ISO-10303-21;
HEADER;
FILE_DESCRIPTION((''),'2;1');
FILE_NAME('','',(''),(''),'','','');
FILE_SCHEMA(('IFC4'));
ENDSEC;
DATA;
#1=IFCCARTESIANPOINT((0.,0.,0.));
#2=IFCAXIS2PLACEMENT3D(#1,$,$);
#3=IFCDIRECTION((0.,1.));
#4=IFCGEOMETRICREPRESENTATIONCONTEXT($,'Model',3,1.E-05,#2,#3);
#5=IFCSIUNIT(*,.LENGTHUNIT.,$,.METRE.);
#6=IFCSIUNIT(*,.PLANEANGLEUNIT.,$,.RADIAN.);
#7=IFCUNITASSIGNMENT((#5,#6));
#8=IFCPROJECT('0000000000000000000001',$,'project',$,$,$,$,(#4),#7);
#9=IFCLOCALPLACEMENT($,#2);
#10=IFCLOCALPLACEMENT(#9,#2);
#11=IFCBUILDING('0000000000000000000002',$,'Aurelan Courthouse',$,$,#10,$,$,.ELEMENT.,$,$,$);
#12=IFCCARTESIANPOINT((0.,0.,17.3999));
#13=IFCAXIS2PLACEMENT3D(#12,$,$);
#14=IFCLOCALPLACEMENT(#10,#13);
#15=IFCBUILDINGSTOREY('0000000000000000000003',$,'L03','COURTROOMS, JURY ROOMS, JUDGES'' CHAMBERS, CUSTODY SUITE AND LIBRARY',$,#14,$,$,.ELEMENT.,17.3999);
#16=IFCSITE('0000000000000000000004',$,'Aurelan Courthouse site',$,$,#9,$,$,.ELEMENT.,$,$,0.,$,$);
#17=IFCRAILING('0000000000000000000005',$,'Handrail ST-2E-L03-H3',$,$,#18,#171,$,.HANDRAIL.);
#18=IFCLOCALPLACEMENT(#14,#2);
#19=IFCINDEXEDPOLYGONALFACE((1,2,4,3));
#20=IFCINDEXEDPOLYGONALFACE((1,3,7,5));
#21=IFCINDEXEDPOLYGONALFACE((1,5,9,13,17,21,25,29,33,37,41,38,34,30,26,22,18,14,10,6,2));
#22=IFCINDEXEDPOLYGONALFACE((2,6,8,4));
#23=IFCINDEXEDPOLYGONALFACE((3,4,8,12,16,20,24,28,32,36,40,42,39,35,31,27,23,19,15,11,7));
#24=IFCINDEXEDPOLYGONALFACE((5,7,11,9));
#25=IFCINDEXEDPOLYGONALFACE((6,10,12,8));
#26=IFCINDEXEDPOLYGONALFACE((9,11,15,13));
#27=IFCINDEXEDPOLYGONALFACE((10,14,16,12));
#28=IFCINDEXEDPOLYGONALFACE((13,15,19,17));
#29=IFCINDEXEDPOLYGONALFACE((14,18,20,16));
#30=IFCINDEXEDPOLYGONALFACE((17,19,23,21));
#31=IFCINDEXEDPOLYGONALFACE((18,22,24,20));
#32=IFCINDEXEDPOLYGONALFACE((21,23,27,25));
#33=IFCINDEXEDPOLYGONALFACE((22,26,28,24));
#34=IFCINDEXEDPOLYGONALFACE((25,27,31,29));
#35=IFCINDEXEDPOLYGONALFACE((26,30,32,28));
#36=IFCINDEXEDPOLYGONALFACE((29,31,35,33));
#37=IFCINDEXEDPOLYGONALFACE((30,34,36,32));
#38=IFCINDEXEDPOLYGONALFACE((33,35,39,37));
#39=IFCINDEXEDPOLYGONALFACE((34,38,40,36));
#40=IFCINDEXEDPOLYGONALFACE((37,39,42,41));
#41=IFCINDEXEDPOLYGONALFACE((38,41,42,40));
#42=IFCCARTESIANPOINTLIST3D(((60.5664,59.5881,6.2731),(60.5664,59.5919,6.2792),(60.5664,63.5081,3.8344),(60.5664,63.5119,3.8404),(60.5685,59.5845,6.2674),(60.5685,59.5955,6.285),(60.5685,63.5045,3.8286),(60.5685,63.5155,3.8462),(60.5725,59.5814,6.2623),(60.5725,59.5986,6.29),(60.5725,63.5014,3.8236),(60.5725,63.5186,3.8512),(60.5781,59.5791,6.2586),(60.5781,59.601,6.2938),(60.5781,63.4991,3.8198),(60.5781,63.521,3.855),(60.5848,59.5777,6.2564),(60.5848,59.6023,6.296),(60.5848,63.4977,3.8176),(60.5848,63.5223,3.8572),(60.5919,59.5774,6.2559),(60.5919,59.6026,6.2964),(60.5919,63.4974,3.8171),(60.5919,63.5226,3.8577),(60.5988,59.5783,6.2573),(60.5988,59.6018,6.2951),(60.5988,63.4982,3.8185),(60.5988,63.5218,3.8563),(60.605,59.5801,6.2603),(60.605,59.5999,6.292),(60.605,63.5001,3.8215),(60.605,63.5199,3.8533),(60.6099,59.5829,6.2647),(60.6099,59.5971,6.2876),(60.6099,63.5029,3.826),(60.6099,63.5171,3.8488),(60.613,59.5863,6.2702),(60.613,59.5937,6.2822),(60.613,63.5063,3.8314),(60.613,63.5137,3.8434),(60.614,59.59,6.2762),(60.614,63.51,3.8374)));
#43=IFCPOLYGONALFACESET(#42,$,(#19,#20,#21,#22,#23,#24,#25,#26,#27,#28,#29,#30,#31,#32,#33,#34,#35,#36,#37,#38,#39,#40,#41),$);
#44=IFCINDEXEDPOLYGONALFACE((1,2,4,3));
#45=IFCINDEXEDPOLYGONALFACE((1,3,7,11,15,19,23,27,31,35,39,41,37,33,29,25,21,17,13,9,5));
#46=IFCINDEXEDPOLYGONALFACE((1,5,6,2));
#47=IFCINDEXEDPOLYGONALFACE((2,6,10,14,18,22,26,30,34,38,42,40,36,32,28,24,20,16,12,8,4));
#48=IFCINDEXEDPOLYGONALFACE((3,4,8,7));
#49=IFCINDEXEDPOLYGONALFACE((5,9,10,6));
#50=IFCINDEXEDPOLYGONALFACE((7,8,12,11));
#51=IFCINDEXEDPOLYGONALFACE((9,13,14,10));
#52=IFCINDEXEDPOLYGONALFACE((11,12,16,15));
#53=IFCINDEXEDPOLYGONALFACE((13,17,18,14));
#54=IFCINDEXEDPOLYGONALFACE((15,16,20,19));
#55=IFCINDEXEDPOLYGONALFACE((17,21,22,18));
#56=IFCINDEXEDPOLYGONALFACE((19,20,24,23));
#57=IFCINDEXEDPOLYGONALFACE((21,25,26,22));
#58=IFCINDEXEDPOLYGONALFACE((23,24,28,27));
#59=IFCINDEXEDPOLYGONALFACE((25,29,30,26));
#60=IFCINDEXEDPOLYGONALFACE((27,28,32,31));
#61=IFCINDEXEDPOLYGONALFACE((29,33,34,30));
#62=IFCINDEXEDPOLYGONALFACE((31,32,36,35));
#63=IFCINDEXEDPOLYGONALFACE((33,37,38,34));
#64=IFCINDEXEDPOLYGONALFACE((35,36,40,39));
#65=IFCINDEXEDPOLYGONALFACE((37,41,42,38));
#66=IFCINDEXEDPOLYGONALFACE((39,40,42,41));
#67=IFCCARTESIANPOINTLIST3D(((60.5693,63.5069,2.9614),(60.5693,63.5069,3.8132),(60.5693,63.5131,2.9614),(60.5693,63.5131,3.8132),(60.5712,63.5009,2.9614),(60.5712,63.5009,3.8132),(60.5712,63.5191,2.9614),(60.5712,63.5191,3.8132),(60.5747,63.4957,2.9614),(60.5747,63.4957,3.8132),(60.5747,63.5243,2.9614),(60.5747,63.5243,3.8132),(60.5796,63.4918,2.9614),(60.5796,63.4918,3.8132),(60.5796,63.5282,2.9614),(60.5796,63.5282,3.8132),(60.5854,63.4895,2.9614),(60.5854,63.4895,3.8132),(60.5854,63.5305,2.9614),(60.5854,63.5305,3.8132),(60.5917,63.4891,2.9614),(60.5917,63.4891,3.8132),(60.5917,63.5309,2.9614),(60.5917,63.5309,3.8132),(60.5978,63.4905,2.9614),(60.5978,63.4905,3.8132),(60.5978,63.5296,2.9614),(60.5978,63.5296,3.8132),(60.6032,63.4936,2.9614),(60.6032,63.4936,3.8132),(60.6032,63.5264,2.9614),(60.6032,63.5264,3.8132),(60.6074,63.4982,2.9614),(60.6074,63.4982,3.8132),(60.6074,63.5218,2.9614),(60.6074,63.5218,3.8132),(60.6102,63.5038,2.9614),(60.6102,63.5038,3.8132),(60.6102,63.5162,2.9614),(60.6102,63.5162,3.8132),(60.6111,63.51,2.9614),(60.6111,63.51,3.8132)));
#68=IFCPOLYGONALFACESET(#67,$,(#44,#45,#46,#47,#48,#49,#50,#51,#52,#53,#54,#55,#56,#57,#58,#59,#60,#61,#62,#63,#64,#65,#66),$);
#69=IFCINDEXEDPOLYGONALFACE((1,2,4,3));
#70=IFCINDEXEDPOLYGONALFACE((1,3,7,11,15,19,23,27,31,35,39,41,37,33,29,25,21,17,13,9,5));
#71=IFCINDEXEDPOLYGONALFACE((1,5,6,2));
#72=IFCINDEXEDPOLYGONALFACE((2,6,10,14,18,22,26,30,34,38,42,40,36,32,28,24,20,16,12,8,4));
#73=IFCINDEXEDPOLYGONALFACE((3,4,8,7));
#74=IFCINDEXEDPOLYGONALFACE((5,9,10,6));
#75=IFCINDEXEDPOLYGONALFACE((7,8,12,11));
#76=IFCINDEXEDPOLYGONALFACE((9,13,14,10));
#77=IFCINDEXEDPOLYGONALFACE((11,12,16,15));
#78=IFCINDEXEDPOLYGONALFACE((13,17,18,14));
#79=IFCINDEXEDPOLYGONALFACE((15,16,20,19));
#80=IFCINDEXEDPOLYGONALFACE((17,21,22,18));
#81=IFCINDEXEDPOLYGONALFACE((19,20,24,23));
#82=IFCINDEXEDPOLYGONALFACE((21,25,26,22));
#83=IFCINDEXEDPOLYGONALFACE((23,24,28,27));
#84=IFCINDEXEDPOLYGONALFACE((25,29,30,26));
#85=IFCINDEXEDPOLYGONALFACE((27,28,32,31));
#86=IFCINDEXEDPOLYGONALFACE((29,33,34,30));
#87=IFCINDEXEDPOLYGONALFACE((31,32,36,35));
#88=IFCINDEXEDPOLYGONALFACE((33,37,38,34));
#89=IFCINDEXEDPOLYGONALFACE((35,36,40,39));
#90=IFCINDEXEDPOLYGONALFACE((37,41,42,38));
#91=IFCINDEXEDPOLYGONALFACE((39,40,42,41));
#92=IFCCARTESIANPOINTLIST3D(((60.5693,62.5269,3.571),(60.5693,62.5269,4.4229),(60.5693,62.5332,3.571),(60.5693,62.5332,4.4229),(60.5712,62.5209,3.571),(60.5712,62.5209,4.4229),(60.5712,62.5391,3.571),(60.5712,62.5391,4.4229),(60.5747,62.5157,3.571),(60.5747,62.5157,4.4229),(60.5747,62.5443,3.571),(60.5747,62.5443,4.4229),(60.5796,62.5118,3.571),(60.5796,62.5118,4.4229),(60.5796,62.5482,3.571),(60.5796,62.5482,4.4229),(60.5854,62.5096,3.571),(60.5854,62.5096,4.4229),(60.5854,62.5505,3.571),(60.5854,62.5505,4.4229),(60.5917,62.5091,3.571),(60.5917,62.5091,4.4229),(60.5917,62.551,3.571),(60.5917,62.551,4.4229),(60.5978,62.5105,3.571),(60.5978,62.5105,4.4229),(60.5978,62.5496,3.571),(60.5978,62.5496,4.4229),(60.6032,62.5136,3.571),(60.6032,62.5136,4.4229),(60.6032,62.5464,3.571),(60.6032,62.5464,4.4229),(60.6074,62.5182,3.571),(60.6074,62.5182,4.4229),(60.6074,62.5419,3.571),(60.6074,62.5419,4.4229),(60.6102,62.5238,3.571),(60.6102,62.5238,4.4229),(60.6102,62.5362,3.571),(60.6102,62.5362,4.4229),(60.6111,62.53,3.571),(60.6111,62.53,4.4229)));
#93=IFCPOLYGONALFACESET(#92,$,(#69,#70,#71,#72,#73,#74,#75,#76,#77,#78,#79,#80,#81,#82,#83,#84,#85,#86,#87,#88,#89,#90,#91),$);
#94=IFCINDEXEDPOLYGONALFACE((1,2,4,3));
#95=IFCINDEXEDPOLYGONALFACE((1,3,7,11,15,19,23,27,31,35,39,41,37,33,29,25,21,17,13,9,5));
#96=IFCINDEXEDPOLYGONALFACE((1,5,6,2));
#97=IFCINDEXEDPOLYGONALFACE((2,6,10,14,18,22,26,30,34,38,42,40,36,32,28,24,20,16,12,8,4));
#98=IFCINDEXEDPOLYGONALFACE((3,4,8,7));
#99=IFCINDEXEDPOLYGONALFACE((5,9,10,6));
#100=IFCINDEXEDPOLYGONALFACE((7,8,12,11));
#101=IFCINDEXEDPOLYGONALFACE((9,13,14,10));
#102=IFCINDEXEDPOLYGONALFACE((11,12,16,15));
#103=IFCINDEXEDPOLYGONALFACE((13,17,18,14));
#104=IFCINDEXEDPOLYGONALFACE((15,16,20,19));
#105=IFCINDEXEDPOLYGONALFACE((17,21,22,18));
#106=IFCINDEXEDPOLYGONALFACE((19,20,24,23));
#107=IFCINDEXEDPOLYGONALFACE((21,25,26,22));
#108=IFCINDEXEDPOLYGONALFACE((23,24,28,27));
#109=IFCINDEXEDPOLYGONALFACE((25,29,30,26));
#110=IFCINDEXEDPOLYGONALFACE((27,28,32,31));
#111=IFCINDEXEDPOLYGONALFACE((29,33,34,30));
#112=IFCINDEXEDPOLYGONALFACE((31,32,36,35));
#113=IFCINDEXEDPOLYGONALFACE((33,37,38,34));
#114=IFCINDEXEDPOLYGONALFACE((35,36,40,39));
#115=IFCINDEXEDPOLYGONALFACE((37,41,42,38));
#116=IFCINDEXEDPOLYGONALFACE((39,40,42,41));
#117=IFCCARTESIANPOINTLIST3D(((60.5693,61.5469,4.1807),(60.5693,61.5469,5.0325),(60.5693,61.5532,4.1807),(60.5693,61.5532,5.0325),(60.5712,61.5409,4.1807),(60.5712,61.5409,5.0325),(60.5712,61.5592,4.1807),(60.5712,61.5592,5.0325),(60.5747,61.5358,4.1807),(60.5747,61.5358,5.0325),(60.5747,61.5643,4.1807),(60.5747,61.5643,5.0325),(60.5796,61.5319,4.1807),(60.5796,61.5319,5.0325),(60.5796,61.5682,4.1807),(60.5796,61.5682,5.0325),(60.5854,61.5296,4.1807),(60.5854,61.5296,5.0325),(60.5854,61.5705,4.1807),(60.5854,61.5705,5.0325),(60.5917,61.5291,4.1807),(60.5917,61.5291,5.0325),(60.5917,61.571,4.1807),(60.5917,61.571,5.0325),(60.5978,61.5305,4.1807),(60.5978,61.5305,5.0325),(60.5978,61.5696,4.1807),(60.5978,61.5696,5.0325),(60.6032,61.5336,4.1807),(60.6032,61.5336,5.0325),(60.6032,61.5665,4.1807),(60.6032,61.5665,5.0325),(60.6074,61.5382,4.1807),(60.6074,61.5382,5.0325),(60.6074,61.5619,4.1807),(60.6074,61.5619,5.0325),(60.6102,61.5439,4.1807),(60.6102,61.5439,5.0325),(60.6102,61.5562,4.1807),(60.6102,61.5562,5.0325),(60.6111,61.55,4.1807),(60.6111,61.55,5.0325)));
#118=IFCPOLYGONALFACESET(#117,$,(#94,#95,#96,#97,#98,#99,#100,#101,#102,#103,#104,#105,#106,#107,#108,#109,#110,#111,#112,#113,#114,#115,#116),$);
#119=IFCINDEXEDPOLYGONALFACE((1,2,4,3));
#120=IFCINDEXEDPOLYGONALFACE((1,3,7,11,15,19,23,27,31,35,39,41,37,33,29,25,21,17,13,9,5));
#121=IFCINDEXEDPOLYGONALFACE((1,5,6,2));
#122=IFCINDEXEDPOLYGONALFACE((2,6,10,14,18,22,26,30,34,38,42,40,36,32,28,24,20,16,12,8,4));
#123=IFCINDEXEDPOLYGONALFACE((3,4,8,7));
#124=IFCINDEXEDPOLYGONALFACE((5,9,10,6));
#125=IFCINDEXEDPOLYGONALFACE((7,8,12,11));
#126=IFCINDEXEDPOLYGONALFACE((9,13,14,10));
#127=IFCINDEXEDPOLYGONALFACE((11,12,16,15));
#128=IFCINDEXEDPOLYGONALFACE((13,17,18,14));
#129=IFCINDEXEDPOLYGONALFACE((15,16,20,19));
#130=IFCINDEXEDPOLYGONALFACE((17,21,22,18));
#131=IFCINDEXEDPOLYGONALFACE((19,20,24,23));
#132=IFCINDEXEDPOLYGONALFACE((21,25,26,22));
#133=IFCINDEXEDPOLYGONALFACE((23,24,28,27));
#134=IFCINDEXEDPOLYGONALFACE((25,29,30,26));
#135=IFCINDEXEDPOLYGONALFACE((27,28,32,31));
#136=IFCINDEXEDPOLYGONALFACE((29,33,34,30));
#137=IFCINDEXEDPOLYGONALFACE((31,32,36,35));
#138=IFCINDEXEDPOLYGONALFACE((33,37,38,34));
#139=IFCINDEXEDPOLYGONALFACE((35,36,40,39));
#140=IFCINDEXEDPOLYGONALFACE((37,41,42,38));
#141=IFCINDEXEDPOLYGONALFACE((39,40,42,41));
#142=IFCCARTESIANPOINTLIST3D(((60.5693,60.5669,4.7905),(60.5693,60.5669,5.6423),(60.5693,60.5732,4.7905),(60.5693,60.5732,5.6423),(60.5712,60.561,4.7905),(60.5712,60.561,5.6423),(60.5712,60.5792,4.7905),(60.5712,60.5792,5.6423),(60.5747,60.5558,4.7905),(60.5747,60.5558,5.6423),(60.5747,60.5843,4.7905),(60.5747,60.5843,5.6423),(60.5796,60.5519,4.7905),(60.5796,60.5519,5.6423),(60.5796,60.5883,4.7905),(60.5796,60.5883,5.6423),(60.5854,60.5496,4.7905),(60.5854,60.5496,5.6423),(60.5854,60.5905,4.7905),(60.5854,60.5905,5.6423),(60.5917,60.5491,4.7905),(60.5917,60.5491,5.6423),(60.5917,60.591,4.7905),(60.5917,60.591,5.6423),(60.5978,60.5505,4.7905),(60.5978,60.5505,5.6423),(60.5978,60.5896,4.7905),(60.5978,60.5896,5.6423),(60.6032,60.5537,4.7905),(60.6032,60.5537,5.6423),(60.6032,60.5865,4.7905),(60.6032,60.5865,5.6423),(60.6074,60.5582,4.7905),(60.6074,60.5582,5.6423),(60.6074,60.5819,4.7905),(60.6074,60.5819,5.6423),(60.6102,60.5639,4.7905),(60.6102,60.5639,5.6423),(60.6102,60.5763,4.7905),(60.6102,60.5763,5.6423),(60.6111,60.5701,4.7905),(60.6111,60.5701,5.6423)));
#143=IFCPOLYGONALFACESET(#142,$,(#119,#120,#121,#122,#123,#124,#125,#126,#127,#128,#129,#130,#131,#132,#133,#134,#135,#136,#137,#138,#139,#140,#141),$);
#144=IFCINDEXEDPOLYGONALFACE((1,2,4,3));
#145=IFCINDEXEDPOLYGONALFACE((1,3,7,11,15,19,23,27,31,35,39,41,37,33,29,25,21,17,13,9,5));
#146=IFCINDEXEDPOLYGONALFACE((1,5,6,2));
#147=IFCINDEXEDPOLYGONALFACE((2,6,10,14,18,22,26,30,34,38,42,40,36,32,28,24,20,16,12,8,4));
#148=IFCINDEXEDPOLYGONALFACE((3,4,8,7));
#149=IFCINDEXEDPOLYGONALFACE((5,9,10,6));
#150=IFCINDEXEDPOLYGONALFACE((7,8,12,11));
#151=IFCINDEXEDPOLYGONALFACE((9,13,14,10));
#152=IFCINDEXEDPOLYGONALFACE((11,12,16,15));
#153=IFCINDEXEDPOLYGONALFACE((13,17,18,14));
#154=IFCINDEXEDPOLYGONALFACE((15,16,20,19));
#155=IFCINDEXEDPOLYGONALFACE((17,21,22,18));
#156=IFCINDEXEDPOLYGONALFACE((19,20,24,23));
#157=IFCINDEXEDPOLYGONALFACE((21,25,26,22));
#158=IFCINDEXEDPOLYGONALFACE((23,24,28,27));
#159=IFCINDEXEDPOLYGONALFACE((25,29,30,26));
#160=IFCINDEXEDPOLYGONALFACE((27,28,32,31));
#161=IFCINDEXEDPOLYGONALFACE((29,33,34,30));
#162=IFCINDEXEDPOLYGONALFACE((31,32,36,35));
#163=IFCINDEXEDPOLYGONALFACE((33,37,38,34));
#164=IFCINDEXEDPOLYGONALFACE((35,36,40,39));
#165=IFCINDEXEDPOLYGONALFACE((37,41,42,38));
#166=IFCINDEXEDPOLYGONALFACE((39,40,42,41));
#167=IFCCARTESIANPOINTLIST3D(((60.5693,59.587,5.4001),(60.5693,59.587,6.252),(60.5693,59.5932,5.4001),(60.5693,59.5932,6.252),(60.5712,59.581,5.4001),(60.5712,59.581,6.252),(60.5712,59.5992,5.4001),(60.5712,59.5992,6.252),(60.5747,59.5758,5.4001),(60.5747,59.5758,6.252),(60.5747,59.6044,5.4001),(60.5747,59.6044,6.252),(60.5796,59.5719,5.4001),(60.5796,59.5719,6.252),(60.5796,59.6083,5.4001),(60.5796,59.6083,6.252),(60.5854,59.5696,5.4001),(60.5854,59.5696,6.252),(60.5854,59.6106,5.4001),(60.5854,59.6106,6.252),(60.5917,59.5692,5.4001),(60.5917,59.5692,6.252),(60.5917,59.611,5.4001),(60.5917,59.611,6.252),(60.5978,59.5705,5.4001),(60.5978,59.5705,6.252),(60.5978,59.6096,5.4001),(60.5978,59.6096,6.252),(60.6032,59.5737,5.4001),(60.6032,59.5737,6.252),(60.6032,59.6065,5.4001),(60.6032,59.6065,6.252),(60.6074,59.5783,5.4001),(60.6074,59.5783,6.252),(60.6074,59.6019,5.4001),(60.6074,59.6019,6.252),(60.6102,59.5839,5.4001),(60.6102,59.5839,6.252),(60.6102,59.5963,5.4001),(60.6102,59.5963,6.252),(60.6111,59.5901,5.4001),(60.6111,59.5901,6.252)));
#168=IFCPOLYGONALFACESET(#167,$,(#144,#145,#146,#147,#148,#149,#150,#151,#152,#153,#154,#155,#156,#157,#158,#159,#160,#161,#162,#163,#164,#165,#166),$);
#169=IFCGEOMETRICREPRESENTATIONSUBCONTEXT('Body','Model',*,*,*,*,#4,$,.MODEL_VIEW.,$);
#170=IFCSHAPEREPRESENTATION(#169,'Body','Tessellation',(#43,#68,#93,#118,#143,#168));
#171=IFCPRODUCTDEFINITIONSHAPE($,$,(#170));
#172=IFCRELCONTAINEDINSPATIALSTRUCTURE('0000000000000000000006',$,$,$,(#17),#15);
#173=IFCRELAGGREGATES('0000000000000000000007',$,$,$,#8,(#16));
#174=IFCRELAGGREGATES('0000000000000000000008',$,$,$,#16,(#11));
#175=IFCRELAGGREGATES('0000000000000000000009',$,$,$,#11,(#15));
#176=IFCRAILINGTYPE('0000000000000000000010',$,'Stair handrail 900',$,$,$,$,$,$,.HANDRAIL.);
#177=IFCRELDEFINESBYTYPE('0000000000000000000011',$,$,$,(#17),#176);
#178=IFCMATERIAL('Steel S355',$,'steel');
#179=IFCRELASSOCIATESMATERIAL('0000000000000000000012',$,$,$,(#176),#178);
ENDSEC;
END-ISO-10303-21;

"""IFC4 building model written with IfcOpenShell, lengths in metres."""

from ifc_helpers import new_model, si_unit, direction, frame, origin, origin_2d, place, context, subcontext, project, spatial, circle, extrude, material, type_object, element, save


model = new_model("IFC4")

# Units and contexts
model_context = context("Model", 3, precision=1e-05, world=origin(), true_north=direction((0.0, 1.0)))
body_context = subcontext(model_context, "Body", "Model", "MODEL_VIEW")
ifc_project = project(units=[si_unit("LENGTHUNIT", "METRE"), si_unit("PLANEANGLEUNIT", "RADIAN")], contexts=[model_context])

# Site, building, storey
site_placement = place(None, origin())
site = spatial("IfcSite", under=ifc_project, at=site_placement, Name="Aurelan Courthouse site", CompositionType="ELEMENT", RefElevation=0.0)
building_placement = place(site_placement, origin())
building = spatial("IfcBuilding", under=site, at=building_placement, Name="Aurelan Courthouse", CompositionType="ELEMENT")
storey_placement = place(building_placement, frame((0.0, 0.0, 17.3999)))
storey = spatial("IfcBuildingStorey", under=building, at=storey_placement, Name="L03", Description="COURTROOMS, JURY ROOMS, JUDGES' CHAMBERS, CUSTODY SUITE AND LIBRARY", CompositionType="ELEMENT", Elevation=17.3999)

# Railing
ifc_material_1 = material(Name="Steel S355", Category="steel")
railing_type_1 = type_object("IfcRailingType", Name="Stair handrail 900", PredefinedType="HANDRAIL", material=ifc_material_1)
for number, where, name in (
    (1, (60.5901, 63.51, 2.9614), "Handrail ST-2E-L03-H3"),
):
    element("IfcRailing", number, at=place(storey_placement, frame(where)), inside=storey, type_object=railing_type_1, Name=name, PredefinedType="HANDRAIL", context=body_context, shape_type="SweptSolid", body=[
        extrude(circle(Radius=0.0239, at=origin_2d()), frame((0.0, 0.0, 0.876), z_axis=(0.0, -0.84909, 0.528249), x_axis=(1.0, 0.0, 0.0)), (0.0, 0.0, 1.0), 4.6167),
        extrude(circle(Radius=0.021, at=origin_2d()), origin(), (0.0, 0.0, 1.0), 0.8518),
        extrude(circle(Radius=0.021, at=origin_2d()), frame((0.0, -0.98, 0.6096)), (0.0, 0.0, 1.0), 0.8518),
        extrude(circle(Radius=0.021, at=origin_2d()), frame((0.0, -1.96, 1.2192)), (0.0, 0.0, 1.0), 0.8518),
        extrude(circle(Radius=0.021, at=origin_2d()), frame((0.0, -2.9399, 1.8291)), (0.0, 0.0, 1.0), 0.8518),
        extrude(circle(Radius=0.021, at=origin_2d()), frame((0.0, -3.9199, 2.4387)), (0.0, 0.0, 1.0), 0.8518),
    ])

save(model, "model.ifc")
